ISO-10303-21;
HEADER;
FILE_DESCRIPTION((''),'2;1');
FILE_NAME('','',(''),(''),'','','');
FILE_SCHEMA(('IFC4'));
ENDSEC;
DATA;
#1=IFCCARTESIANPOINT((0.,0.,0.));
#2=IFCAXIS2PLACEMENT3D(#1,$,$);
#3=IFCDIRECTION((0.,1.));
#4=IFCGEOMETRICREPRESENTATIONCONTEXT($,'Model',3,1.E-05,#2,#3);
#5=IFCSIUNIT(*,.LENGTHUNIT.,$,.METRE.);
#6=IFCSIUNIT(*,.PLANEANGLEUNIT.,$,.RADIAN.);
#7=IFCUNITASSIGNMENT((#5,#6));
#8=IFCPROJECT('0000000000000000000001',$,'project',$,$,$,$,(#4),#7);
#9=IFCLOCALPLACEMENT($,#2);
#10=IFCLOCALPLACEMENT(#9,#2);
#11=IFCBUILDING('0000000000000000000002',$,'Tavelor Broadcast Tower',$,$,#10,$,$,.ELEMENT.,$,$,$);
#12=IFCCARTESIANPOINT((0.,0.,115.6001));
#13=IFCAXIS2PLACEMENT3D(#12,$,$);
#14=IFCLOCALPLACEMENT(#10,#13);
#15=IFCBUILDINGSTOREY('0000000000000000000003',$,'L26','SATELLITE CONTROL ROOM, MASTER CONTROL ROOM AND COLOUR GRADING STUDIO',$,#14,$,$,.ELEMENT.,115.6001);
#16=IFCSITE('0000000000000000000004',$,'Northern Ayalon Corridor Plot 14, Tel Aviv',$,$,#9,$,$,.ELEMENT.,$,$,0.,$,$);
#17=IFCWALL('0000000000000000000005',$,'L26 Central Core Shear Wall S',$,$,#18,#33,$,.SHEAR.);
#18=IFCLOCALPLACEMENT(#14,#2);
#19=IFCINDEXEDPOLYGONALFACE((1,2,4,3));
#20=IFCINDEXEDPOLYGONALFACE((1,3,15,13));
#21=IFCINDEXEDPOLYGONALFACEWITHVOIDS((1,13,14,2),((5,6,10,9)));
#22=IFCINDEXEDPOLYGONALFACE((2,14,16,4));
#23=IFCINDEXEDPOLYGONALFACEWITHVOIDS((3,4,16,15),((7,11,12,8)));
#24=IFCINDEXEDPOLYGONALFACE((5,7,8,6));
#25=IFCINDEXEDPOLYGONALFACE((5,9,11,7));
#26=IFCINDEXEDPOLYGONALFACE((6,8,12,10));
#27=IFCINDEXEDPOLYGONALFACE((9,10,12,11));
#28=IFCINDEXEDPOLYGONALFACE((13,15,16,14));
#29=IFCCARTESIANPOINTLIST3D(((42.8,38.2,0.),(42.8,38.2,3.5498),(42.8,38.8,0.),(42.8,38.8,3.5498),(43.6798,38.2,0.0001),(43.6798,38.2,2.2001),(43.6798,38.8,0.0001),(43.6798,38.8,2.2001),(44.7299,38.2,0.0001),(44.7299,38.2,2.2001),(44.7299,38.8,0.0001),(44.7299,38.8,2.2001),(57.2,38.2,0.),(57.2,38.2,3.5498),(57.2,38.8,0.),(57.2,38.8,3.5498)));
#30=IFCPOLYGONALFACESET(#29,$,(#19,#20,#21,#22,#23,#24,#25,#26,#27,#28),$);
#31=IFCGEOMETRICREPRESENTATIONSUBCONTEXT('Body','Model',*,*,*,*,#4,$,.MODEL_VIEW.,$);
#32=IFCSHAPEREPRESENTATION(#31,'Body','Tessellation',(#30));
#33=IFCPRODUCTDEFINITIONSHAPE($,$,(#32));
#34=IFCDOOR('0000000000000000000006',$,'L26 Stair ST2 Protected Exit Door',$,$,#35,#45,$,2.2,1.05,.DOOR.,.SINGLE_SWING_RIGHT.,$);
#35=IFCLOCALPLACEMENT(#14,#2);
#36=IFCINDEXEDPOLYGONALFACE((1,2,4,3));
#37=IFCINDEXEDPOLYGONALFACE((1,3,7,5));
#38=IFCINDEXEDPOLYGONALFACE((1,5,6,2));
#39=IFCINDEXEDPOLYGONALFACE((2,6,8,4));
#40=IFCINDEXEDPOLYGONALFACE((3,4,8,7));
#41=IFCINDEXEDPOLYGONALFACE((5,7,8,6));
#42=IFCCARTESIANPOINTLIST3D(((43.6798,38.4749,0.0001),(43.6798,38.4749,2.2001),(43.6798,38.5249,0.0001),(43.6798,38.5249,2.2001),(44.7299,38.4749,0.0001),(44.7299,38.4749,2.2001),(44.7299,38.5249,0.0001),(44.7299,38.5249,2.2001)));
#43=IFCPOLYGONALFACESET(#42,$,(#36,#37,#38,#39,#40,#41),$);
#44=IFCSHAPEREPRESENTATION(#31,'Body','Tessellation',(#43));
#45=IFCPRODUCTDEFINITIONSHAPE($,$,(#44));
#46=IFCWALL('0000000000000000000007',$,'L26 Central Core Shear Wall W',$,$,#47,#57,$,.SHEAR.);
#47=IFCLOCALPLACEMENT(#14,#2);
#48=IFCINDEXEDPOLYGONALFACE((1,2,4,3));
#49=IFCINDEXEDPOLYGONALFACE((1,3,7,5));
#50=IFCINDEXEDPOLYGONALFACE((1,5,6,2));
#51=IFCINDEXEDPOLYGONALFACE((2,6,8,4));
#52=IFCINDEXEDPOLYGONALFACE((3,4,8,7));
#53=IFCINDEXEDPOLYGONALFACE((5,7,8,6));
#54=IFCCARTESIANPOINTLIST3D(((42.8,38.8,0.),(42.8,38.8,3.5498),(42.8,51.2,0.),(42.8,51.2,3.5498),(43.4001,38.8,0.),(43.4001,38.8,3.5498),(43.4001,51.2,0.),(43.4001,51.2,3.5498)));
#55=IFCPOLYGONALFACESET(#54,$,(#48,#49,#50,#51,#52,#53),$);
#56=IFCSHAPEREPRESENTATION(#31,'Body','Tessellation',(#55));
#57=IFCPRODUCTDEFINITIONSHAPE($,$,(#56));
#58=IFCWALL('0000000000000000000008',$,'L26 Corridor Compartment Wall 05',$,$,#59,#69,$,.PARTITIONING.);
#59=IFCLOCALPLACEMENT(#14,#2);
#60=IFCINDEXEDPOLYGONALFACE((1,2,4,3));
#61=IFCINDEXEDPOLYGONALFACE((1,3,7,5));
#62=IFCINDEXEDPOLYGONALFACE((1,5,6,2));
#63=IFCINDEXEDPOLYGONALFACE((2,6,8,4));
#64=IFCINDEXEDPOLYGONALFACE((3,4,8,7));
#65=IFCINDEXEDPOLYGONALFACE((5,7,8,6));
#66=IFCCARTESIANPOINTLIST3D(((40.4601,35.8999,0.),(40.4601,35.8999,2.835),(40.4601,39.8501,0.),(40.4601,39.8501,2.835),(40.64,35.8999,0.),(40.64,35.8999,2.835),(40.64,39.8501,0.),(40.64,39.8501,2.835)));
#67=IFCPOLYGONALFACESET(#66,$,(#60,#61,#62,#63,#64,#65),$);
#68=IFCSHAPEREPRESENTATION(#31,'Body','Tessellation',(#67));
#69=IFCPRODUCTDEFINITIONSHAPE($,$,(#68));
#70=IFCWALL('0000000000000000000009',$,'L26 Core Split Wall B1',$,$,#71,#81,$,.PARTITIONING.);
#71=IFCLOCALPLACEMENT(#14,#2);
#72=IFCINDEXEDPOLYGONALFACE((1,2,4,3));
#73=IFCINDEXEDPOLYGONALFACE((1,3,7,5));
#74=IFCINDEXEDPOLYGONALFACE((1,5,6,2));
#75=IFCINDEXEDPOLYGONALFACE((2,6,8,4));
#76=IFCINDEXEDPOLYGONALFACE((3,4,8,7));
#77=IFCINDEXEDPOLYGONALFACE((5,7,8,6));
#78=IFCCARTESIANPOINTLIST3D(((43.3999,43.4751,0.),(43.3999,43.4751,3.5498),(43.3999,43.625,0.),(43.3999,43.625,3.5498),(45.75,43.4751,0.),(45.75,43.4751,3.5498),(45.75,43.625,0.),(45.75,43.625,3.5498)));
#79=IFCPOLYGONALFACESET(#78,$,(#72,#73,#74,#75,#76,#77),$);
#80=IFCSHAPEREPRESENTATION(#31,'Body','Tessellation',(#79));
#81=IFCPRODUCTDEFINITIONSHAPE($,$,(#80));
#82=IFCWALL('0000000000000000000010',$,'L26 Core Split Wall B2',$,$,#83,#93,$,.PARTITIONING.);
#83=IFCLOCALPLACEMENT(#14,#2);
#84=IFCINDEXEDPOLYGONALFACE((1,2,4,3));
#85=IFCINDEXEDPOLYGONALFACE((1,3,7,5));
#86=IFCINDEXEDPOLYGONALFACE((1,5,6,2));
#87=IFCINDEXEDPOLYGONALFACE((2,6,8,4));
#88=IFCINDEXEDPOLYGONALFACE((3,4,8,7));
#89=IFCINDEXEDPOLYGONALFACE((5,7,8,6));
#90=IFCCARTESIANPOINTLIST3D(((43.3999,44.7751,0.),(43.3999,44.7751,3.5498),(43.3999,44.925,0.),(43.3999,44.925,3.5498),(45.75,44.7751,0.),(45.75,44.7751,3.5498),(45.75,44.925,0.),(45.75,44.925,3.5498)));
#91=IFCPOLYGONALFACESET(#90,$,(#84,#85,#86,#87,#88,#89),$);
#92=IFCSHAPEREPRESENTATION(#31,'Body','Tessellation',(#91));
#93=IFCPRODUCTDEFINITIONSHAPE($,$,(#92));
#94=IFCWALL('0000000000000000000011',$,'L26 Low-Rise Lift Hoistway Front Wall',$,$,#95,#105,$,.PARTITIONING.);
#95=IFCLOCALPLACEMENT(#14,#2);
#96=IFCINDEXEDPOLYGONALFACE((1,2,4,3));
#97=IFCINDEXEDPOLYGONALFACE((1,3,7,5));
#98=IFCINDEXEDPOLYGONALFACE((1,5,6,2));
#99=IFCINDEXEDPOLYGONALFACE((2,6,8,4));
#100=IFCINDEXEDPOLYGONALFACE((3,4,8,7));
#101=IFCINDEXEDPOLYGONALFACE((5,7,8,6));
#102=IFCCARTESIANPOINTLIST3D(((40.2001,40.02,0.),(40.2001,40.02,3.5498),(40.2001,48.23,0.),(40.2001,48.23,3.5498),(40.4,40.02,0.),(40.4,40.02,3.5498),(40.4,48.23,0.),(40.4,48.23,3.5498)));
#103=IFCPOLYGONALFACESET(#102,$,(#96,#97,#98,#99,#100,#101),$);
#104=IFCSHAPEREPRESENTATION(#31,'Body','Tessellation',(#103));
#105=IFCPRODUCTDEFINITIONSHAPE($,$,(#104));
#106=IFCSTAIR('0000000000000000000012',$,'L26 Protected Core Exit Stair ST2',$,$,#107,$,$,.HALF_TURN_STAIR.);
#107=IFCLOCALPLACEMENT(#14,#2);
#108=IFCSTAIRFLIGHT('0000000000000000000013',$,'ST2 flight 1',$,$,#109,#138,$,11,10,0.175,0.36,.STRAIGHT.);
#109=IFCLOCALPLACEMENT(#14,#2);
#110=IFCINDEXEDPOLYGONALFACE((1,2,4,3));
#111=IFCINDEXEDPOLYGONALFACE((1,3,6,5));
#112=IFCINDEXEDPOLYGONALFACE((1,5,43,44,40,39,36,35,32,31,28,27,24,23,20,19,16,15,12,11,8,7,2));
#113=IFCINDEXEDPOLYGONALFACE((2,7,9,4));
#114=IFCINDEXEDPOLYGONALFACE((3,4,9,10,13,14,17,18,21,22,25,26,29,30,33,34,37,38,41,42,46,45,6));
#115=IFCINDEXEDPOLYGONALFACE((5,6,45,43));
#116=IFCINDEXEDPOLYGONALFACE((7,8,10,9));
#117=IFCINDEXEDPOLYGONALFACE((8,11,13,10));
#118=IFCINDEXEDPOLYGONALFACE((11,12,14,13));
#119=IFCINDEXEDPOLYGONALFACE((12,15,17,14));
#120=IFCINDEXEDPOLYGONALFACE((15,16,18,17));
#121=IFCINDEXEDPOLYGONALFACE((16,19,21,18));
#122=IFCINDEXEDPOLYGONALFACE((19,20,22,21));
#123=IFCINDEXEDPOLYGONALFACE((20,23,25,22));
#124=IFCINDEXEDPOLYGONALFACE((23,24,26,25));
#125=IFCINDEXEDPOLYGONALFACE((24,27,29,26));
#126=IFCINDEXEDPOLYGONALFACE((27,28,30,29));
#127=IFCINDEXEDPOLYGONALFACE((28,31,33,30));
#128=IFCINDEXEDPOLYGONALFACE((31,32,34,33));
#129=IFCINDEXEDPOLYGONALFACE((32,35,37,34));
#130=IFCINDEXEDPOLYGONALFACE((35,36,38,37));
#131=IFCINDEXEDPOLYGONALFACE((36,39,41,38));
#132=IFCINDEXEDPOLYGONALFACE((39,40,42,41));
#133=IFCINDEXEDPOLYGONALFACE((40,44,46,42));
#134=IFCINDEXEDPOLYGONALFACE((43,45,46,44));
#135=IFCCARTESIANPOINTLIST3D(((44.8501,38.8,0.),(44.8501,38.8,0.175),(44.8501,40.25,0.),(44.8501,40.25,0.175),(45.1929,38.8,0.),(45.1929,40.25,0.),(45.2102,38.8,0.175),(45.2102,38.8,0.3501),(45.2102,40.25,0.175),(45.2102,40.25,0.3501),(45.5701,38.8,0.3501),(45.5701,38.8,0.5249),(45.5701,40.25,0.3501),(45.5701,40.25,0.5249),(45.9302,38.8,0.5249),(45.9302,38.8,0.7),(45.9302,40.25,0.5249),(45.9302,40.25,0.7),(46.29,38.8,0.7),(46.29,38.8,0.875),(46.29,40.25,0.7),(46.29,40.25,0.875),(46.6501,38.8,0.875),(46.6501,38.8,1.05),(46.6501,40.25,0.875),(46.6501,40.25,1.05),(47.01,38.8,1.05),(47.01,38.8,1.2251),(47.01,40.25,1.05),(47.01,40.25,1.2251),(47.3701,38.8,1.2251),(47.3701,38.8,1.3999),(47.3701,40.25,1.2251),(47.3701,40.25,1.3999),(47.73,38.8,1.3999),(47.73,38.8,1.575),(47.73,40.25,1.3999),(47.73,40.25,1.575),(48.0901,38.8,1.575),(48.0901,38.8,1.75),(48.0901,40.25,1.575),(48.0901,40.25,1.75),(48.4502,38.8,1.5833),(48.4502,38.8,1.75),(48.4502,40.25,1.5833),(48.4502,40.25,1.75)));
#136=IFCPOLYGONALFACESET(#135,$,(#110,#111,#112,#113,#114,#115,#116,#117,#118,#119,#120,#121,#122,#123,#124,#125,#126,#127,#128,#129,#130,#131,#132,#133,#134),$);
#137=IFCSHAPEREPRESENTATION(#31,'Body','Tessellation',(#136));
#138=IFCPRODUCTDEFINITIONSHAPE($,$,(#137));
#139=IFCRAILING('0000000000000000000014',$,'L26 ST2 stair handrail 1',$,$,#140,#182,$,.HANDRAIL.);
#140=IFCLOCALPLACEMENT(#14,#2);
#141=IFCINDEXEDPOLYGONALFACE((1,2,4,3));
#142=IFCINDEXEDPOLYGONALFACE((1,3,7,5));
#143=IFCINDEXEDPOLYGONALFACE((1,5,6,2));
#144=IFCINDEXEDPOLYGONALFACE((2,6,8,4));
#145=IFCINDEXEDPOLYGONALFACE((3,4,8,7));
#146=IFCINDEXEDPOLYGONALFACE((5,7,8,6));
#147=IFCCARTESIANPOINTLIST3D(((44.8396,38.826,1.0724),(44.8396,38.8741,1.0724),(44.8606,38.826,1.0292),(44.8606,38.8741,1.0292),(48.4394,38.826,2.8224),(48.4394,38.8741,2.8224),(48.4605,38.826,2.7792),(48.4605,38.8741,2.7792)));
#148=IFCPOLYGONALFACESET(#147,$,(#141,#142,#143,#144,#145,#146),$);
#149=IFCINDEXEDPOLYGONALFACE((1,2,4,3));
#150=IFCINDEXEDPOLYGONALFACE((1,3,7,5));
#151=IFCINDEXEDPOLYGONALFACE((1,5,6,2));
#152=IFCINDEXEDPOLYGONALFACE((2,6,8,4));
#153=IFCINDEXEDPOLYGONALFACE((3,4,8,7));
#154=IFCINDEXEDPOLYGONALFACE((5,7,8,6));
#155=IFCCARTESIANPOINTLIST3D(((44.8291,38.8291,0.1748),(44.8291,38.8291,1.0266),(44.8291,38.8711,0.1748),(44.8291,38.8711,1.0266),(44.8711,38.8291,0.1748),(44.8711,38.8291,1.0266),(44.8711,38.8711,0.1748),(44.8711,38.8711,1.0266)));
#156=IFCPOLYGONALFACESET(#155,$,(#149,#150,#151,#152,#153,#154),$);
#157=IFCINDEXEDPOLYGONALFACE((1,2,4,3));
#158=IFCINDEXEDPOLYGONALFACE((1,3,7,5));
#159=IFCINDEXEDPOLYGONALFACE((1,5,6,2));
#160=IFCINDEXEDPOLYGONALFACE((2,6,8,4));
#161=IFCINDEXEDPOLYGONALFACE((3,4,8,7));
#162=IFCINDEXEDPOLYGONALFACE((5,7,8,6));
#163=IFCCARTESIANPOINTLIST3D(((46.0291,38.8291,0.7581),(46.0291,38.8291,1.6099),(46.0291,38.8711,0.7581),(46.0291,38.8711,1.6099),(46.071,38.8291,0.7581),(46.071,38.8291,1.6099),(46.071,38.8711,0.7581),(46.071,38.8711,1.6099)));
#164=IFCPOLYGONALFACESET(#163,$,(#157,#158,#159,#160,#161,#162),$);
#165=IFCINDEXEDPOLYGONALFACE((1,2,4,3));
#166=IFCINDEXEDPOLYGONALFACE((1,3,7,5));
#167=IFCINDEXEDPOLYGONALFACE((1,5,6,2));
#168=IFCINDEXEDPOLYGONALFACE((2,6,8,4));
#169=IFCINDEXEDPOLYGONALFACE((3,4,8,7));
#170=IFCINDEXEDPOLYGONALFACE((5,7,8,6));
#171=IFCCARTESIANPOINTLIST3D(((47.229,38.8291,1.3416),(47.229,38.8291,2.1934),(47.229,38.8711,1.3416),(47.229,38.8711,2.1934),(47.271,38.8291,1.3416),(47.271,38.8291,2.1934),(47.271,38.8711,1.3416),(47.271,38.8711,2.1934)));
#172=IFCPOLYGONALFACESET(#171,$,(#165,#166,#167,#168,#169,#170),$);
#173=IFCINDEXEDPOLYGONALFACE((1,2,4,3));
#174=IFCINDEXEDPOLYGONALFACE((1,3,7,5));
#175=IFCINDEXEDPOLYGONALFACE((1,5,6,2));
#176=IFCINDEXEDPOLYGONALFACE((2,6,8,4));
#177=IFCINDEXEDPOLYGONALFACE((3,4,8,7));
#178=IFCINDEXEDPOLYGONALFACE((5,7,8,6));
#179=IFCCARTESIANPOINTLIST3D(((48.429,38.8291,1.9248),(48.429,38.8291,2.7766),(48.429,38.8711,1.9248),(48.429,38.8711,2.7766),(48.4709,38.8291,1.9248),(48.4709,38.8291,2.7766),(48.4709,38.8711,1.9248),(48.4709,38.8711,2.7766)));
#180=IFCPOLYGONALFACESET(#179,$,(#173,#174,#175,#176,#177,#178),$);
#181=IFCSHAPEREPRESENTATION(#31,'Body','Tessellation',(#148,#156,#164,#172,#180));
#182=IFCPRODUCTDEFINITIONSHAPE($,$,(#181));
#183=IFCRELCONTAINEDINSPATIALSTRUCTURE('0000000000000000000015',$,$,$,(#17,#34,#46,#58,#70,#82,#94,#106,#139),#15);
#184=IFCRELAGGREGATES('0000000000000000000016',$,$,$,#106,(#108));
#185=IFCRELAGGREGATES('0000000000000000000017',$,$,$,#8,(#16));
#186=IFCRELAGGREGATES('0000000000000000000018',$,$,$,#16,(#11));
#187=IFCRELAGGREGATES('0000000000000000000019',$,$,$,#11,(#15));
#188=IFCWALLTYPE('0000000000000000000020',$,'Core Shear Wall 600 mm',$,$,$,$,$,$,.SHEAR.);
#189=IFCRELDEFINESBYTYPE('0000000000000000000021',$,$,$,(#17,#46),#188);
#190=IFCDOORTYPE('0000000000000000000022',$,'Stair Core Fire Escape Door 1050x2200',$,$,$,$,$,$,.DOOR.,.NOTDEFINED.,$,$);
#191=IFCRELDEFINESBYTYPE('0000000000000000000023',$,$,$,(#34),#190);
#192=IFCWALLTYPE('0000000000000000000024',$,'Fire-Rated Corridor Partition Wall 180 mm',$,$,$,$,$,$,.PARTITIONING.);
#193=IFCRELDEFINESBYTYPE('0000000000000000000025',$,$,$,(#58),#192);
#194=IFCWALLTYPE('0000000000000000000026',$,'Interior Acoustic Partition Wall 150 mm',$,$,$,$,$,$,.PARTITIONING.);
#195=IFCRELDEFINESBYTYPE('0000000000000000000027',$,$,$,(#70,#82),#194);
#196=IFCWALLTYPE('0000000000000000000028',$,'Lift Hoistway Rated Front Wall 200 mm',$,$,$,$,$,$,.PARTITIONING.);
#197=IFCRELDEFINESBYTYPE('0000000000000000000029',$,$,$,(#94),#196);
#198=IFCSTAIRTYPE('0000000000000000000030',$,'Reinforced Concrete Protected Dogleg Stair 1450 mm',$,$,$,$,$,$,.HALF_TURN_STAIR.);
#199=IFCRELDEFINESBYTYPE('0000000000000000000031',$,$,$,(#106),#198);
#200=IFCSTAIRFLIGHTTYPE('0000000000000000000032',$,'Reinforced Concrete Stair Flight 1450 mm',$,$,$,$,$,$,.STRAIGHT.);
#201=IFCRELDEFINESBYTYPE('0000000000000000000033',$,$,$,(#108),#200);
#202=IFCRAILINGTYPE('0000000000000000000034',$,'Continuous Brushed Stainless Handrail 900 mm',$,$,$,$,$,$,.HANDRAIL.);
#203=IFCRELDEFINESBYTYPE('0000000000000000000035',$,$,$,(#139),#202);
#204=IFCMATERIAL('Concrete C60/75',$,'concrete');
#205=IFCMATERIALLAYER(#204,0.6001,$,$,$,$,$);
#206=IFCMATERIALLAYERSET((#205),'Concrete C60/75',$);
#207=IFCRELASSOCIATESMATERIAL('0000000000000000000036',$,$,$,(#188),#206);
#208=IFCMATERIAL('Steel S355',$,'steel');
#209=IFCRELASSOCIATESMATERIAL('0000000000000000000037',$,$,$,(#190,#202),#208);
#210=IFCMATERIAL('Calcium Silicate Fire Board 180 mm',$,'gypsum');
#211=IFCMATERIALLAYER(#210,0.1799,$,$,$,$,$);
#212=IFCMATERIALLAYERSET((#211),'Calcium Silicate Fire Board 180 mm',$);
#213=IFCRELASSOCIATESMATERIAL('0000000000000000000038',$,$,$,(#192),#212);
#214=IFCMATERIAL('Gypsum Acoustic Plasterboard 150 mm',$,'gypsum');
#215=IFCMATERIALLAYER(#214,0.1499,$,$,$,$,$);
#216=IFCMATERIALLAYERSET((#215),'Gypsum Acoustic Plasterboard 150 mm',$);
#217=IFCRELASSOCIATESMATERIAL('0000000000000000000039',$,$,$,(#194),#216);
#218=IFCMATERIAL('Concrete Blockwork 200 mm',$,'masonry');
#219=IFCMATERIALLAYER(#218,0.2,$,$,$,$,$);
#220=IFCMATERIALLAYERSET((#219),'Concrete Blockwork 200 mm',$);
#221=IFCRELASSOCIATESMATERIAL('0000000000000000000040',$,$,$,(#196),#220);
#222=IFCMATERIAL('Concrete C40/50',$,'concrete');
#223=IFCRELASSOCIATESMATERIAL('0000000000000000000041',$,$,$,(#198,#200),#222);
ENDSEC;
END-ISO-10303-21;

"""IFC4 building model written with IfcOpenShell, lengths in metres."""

from ifc_helpers import new_model, si_unit, direction, frame, frame_2d, origin, origin_2d, place, context, subcontext, project, spatial, polyline, rectangle, outline, extrude, material, layer, layer_set, type_object, element, fill, aggregate, save


model = new_model("IFC4")

# Units and contexts
model_context = context("Model", 3, precision=1e-05, world=origin(), true_north=direction((0.0, 1.0)))
body_context = subcontext(model_context, "Body", "Model", "MODEL_VIEW")
ifc_project = project(units=[si_unit("LENGTHUNIT", "METRE"), si_unit("PLANEANGLEUNIT", "RADIAN")], contexts=[model_context])

# Site, building, storey
site_placement = place(None, origin())
site = spatial("IfcSite", under=ifc_project, at=site_placement, Name="Northern Ayalon Corridor Plot 14, Tel Aviv", CompositionType="ELEMENT", RefElevation=0.0)
building_placement = place(site_placement, origin())
building = spatial("IfcBuilding", under=site, at=building_placement, Name="Tavelor Broadcast Tower", CompositionType="ELEMENT")
storey_placement = place(building_placement, frame((0.0, 0.0, 115.6001)))
storey = spatial("IfcBuildingStorey", under=building, at=storey_placement, Name="L26", Description="SATELLITE CONTROL ROOM, MASTER CONTROL ROOM AND COLOUR GRADING STUDIO", CompositionType="ELEMENT", Elevation=115.6001)

# Shared definitions
ifc_material_1 = material(Name="Concrete C60/75", Category="concrete")

# Shared definitions
ifc_material_2 = material(Name="Concrete C40/50", Category="concrete")
ifc_material_3 = material(Name="Steel S355", Category="steel")

# Wall, opening, door
ifc_layer_1 = layer(ifc_material_1, 0.6001)
ifc_layer_set_1 = layer_set([ifc_layer_1], Name="Concrete C60/75")
wall_type_1 = type_object("IfcWallType", Name="Core Shear Wall 600 mm", PredefinedType="SHEAR", material=ifc_layer_set_1)
wall_1_placement = place(storey_placement, frame((42.8, 38.5, 0.0), z_axis=(0.0, 0.0, 1.0), x_axis=(1.0, 0.0, 0.0)))
wall_1 = element("IfcWall", 1, at=wall_1_placement, inside=storey, type_object=wall_type_1, Name="L26 Central Core Shear Wall S", PredefinedType="SHEAR", context=body_context, shape_type="SweptSolid", body=[
    extrude(rectangle(XDim=14.3999, YDim=0.6001, at=frame_2d((7.2, 0.0))), origin(), (0.0, 0.0, 1.0), 3.5498),
])
opening_1_placement = place(wall_1_placement, frame((0.8799, 0.0, 0.0)))
opening_1 = element("IfcOpeningElement", 2, at=opening_1_placement, cuts=wall_1, PredefinedType="OPENING", context=body_context, shape_type="SweptSolid", body=[
    extrude(rectangle(XDim=1.05, YDim=2.2, at=frame_2d((0.5249, 1.1001))), frame((0.0, 0.3101, 0.0), z_axis=(0.0, -1.0, 0.0), x_axis=(1.0, 0.0, 0.0)), (0.0, 0.0, 1.0), 0.6201),
])
door_type_1 = type_object("IfcDoorType", Name="Stair Core Fire Escape Door 1050x2200", OperationType="NOTDEFINED", PredefinedType="DOOR", material=ifc_material_3)
door_1_placement = place(opening_1_placement, origin())
door_1 = element("IfcDoor", 3, at=door_1_placement, inside=storey, type_object=door_type_1, Name="L26 Stair ST2 Protected Exit Door", OperationType="SINGLE_SWING_RIGHT", OverallHeight=2.2, OverallWidth=1.05, PredefinedType="DOOR", context=body_context, shape_type="SweptSolid", body=[
    extrude(rectangle(XDim=1.05, YDim=2.2, at=frame_2d((0.5249, 1.1001))), frame((0.0, 0.0249, 0.0), z_axis=(0.0, -1.0, 0.0), x_axis=(1.0, 0.0, 0.0)), (0.0, 0.0, 1.0), 0.05),
])
fill(opening_1, door_1)

# Wall
wall_2_placement = place(storey_placement, frame((43.1001, 38.8, 0.0), z_axis=(0.0, 0.0, 1.0), x_axis=(0.0, 1.0, 0.0)))
element("IfcWall", 4, at=wall_2_placement, inside=storey, type_object=wall_type_1, Name="L26 Central Core Shear Wall W", PredefinedType="SHEAR", context=body_context, shape_type="SweptSolid", body=[
    extrude(rectangle(XDim=12.3999, YDim=0.6001, at=frame_2d((6.2, 0.0))), origin(), (0.0, 0.0, 1.0), 3.5498),
])

# Walls
ifc_material_4 = material(Name="Calcium Silicate Fire Board 180 mm", Category="gypsum")
ifc_layer_2 = layer(ifc_material_4, 0.1799)
ifc_layer_set_2 = layer_set([ifc_layer_2], Name="Calcium Silicate Fire Board 180 mm")
wall_type_2 = type_object("IfcWallType", Name="Fire-Rated Corridor Partition Wall 180 mm", PredefinedType="PARTITIONING", material=ifc_layer_set_2)
wall_3_placement = place(storey_placement, frame((40.55, 35.8999, 0.0), z_axis=(0.0, 0.0, 1.0), x_axis=(0.0, 1.0, 0.0)))
element("IfcWall", 5, at=wall_3_placement, inside=storey, type_object=wall_type_2, Name="L26 Corridor Compartment Wall 05", PredefinedType="PARTITIONING", context=body_context, shape_type="SweptSolid", body=[
    extrude(rectangle(XDim=3.9502, YDim=0.1799, at=frame_2d((1.9751, 0.0))), origin(), (0.0, 0.0, 1.0), 2.835),
])
ifc_material_5 = material(Name="Gypsum Acoustic Plasterboard 150 mm", Category="gypsum")
ifc_layer_3 = layer(ifc_material_5, 0.1499)
ifc_layer_set_3 = layer_set([ifc_layer_3], Name="Gypsum Acoustic Plasterboard 150 mm")
wall_type_3 = type_object("IfcWallType", Name="Interior Acoustic Partition Wall 150 mm", PredefinedType="PARTITIONING", material=ifc_layer_set_3)
for number, where, z_axis, x_axis, name in (
    (6, (43.3999, 43.55, 0.0), (0.0, 0.0, 1.0), (1.0, 0.0, 0.0), "L26 Core Split Wall B1"),
    (7, (43.3999, 44.8501, 0.0), (0.0, 0.0, 1.0), (1.0, 0.0, 0.0), "L26 Core Split Wall B2"),
):
    element("IfcWall", number, at=place(storey_placement, frame(where, z_axis=z_axis, x_axis=x_axis)), inside=storey, type_object=wall_type_3, Name=name, PredefinedType="PARTITIONING", context=body_context, shape_type="SweptSolid", body=[
        extrude(rectangle(XDim=2.3501, YDim=0.1499, at=frame_2d((1.175, 0.0))), origin(), (0.0, 0.0, 1.0), 3.5498),
    ])
ifc_material_6 = material(Name="Concrete Blockwork 200 mm", Category="masonry")
ifc_layer_4 = layer(ifc_material_6, 0.2)
ifc_layer_set_4 = layer_set([ifc_layer_4], Name="Concrete Blockwork 200 mm")
wall_type_4 = type_object("IfcWallType", Name="Lift Hoistway Rated Front Wall 200 mm", PredefinedType="PARTITIONING", material=ifc_layer_set_4)
wall_4_placement = place(storey_placement, frame((40.3, 40.02, 0.0), z_axis=(0.0, 0.0, 1.0), x_axis=(0.0, 1.0, 0.0)))
element("IfcWall", 8, at=wall_4_placement, inside=storey, type_object=wall_type_4, Name="L26 Low-Rise Lift Hoistway Front Wall", PredefinedType="PARTITIONING", context=body_context, shape_type="SweptSolid", body=[
    extrude(rectangle(XDim=8.21, YDim=0.2, at=frame_2d((4.105, 0.0))), origin(), (0.0, 0.0, 1.0), 3.5498),
])

# Stair, stair flight
stair_type = type_object("IfcStairType", Name="Reinforced Concrete Protected Dogleg Stair 1450 mm", PredefinedType="HALF_TURN_STAIR", material=ifc_material_2)
stair_placement = place(storey_placement, origin())
stair = element("IfcStair", 9, at=stair_placement, inside=storey, type_object=stair_type, Name="L26 Protected Core Exit Stair ST2", PredefinedType="HALF_TURN_STAIR")
stair_flight_type = type_object("IfcStairFlightType", Name="Reinforced Concrete Stair Flight 1450 mm", PredefinedType="STRAIGHT", material=ifc_material_2)
stair_flight_placement = place(storey_placement, frame((44.8501, 39.5249, 0.0), z_axis=(0.0, 0.0, 1.0), x_axis=(1.0, 0.0, 0.0)))
stair_flight = element("IfcStairFlight", 10, at=stair_flight_placement, type_object=stair_flight_type, Name="ST2 flight 1", NumberOfRisers=11, NumberOfTreads=10, PredefinedType="STRAIGHT", RiserHeight=0.175, TreadLength=0.36, context=body_context, shape_type="SweptSolid", body=[
    extrude(outline(polyline([(0.0, 0.0), (0.0, 0.175), (0.3601, 0.175), (0.3601, 0.3501), (0.72, 0.3501), (0.72, 0.5249), (1.0801, 0.5249), (1.0801, 0.7), (1.4399, 0.7), (1.4399, 0.875), (1.8, 0.875), (1.8, 1.05), (2.1599, 1.05), (2.1599, 1.2251), (2.52, 1.2251), (2.52, 1.3999), (2.8799, 1.3999), (2.8799, 1.575), (3.24, 1.575), (3.24, 1.75), (3.6001, 1.75), (3.6001, 1.925), (3.6001, 1.5833), (0.3428, 0.0), (0.0, 0.0)])), frame((0.0, 0.7251, 0.0), z_axis=(0.0, -1.0, 0.0), x_axis=(1.0, 0.0, 0.0)), (0.0, 0.0, 1.0), 1.45),
])
aggregate(stair, [stair_flight])

# Railing
railing_type_1 = type_object("IfcRailingType", Name="Continuous Brushed Stainless Handrail 900 mm", PredefinedType="HANDRAIL", material=ifc_material_3)
railing_1_placement = place(storey_placement, frame((44.8501, 38.8501, 0.1748)))
element("IfcRailing", 11, at=railing_1_placement, inside=storey, type_object=railing_type_1, Name="L26 ST2 stair handrail 1", PredefinedType="HANDRAIL", context=body_context, shape_type="SweptSolid", body=[
    extrude(rectangle(XDim=0.0481, YDim=0.0481, at=origin_2d()), frame((0.0, 0.0, 0.876), z_axis=(0.899361, 0.0, 0.437207), x_axis=(0.0, 1.0, 0.0)), (0.0, 0.0, 1.0), 4.0027),
    extrude(rectangle(XDim=0.042, YDim=0.042, at=origin_2d()), origin(), (0.0, 0.0, 1.0), 0.8518),
    extrude(rectangle(XDim=0.042, YDim=0.042, at=origin_2d()), frame((1.2, 0.0, 0.5833)), (0.0, 0.0, 1.0), 0.8518),
    extrude(rectangle(XDim=0.042, YDim=0.042, at=origin_2d()), frame((2.3999, 0.0, 1.1667)), (0.0, 0.0, 1.0), 0.8518),
    extrude(rectangle(XDim=0.042, YDim=0.042, at=origin_2d()), frame((3.5999, 0.0, 1.75)), (0.0, 0.0, 1.0), 0.8518),
])

save(model, "model.ifc")
